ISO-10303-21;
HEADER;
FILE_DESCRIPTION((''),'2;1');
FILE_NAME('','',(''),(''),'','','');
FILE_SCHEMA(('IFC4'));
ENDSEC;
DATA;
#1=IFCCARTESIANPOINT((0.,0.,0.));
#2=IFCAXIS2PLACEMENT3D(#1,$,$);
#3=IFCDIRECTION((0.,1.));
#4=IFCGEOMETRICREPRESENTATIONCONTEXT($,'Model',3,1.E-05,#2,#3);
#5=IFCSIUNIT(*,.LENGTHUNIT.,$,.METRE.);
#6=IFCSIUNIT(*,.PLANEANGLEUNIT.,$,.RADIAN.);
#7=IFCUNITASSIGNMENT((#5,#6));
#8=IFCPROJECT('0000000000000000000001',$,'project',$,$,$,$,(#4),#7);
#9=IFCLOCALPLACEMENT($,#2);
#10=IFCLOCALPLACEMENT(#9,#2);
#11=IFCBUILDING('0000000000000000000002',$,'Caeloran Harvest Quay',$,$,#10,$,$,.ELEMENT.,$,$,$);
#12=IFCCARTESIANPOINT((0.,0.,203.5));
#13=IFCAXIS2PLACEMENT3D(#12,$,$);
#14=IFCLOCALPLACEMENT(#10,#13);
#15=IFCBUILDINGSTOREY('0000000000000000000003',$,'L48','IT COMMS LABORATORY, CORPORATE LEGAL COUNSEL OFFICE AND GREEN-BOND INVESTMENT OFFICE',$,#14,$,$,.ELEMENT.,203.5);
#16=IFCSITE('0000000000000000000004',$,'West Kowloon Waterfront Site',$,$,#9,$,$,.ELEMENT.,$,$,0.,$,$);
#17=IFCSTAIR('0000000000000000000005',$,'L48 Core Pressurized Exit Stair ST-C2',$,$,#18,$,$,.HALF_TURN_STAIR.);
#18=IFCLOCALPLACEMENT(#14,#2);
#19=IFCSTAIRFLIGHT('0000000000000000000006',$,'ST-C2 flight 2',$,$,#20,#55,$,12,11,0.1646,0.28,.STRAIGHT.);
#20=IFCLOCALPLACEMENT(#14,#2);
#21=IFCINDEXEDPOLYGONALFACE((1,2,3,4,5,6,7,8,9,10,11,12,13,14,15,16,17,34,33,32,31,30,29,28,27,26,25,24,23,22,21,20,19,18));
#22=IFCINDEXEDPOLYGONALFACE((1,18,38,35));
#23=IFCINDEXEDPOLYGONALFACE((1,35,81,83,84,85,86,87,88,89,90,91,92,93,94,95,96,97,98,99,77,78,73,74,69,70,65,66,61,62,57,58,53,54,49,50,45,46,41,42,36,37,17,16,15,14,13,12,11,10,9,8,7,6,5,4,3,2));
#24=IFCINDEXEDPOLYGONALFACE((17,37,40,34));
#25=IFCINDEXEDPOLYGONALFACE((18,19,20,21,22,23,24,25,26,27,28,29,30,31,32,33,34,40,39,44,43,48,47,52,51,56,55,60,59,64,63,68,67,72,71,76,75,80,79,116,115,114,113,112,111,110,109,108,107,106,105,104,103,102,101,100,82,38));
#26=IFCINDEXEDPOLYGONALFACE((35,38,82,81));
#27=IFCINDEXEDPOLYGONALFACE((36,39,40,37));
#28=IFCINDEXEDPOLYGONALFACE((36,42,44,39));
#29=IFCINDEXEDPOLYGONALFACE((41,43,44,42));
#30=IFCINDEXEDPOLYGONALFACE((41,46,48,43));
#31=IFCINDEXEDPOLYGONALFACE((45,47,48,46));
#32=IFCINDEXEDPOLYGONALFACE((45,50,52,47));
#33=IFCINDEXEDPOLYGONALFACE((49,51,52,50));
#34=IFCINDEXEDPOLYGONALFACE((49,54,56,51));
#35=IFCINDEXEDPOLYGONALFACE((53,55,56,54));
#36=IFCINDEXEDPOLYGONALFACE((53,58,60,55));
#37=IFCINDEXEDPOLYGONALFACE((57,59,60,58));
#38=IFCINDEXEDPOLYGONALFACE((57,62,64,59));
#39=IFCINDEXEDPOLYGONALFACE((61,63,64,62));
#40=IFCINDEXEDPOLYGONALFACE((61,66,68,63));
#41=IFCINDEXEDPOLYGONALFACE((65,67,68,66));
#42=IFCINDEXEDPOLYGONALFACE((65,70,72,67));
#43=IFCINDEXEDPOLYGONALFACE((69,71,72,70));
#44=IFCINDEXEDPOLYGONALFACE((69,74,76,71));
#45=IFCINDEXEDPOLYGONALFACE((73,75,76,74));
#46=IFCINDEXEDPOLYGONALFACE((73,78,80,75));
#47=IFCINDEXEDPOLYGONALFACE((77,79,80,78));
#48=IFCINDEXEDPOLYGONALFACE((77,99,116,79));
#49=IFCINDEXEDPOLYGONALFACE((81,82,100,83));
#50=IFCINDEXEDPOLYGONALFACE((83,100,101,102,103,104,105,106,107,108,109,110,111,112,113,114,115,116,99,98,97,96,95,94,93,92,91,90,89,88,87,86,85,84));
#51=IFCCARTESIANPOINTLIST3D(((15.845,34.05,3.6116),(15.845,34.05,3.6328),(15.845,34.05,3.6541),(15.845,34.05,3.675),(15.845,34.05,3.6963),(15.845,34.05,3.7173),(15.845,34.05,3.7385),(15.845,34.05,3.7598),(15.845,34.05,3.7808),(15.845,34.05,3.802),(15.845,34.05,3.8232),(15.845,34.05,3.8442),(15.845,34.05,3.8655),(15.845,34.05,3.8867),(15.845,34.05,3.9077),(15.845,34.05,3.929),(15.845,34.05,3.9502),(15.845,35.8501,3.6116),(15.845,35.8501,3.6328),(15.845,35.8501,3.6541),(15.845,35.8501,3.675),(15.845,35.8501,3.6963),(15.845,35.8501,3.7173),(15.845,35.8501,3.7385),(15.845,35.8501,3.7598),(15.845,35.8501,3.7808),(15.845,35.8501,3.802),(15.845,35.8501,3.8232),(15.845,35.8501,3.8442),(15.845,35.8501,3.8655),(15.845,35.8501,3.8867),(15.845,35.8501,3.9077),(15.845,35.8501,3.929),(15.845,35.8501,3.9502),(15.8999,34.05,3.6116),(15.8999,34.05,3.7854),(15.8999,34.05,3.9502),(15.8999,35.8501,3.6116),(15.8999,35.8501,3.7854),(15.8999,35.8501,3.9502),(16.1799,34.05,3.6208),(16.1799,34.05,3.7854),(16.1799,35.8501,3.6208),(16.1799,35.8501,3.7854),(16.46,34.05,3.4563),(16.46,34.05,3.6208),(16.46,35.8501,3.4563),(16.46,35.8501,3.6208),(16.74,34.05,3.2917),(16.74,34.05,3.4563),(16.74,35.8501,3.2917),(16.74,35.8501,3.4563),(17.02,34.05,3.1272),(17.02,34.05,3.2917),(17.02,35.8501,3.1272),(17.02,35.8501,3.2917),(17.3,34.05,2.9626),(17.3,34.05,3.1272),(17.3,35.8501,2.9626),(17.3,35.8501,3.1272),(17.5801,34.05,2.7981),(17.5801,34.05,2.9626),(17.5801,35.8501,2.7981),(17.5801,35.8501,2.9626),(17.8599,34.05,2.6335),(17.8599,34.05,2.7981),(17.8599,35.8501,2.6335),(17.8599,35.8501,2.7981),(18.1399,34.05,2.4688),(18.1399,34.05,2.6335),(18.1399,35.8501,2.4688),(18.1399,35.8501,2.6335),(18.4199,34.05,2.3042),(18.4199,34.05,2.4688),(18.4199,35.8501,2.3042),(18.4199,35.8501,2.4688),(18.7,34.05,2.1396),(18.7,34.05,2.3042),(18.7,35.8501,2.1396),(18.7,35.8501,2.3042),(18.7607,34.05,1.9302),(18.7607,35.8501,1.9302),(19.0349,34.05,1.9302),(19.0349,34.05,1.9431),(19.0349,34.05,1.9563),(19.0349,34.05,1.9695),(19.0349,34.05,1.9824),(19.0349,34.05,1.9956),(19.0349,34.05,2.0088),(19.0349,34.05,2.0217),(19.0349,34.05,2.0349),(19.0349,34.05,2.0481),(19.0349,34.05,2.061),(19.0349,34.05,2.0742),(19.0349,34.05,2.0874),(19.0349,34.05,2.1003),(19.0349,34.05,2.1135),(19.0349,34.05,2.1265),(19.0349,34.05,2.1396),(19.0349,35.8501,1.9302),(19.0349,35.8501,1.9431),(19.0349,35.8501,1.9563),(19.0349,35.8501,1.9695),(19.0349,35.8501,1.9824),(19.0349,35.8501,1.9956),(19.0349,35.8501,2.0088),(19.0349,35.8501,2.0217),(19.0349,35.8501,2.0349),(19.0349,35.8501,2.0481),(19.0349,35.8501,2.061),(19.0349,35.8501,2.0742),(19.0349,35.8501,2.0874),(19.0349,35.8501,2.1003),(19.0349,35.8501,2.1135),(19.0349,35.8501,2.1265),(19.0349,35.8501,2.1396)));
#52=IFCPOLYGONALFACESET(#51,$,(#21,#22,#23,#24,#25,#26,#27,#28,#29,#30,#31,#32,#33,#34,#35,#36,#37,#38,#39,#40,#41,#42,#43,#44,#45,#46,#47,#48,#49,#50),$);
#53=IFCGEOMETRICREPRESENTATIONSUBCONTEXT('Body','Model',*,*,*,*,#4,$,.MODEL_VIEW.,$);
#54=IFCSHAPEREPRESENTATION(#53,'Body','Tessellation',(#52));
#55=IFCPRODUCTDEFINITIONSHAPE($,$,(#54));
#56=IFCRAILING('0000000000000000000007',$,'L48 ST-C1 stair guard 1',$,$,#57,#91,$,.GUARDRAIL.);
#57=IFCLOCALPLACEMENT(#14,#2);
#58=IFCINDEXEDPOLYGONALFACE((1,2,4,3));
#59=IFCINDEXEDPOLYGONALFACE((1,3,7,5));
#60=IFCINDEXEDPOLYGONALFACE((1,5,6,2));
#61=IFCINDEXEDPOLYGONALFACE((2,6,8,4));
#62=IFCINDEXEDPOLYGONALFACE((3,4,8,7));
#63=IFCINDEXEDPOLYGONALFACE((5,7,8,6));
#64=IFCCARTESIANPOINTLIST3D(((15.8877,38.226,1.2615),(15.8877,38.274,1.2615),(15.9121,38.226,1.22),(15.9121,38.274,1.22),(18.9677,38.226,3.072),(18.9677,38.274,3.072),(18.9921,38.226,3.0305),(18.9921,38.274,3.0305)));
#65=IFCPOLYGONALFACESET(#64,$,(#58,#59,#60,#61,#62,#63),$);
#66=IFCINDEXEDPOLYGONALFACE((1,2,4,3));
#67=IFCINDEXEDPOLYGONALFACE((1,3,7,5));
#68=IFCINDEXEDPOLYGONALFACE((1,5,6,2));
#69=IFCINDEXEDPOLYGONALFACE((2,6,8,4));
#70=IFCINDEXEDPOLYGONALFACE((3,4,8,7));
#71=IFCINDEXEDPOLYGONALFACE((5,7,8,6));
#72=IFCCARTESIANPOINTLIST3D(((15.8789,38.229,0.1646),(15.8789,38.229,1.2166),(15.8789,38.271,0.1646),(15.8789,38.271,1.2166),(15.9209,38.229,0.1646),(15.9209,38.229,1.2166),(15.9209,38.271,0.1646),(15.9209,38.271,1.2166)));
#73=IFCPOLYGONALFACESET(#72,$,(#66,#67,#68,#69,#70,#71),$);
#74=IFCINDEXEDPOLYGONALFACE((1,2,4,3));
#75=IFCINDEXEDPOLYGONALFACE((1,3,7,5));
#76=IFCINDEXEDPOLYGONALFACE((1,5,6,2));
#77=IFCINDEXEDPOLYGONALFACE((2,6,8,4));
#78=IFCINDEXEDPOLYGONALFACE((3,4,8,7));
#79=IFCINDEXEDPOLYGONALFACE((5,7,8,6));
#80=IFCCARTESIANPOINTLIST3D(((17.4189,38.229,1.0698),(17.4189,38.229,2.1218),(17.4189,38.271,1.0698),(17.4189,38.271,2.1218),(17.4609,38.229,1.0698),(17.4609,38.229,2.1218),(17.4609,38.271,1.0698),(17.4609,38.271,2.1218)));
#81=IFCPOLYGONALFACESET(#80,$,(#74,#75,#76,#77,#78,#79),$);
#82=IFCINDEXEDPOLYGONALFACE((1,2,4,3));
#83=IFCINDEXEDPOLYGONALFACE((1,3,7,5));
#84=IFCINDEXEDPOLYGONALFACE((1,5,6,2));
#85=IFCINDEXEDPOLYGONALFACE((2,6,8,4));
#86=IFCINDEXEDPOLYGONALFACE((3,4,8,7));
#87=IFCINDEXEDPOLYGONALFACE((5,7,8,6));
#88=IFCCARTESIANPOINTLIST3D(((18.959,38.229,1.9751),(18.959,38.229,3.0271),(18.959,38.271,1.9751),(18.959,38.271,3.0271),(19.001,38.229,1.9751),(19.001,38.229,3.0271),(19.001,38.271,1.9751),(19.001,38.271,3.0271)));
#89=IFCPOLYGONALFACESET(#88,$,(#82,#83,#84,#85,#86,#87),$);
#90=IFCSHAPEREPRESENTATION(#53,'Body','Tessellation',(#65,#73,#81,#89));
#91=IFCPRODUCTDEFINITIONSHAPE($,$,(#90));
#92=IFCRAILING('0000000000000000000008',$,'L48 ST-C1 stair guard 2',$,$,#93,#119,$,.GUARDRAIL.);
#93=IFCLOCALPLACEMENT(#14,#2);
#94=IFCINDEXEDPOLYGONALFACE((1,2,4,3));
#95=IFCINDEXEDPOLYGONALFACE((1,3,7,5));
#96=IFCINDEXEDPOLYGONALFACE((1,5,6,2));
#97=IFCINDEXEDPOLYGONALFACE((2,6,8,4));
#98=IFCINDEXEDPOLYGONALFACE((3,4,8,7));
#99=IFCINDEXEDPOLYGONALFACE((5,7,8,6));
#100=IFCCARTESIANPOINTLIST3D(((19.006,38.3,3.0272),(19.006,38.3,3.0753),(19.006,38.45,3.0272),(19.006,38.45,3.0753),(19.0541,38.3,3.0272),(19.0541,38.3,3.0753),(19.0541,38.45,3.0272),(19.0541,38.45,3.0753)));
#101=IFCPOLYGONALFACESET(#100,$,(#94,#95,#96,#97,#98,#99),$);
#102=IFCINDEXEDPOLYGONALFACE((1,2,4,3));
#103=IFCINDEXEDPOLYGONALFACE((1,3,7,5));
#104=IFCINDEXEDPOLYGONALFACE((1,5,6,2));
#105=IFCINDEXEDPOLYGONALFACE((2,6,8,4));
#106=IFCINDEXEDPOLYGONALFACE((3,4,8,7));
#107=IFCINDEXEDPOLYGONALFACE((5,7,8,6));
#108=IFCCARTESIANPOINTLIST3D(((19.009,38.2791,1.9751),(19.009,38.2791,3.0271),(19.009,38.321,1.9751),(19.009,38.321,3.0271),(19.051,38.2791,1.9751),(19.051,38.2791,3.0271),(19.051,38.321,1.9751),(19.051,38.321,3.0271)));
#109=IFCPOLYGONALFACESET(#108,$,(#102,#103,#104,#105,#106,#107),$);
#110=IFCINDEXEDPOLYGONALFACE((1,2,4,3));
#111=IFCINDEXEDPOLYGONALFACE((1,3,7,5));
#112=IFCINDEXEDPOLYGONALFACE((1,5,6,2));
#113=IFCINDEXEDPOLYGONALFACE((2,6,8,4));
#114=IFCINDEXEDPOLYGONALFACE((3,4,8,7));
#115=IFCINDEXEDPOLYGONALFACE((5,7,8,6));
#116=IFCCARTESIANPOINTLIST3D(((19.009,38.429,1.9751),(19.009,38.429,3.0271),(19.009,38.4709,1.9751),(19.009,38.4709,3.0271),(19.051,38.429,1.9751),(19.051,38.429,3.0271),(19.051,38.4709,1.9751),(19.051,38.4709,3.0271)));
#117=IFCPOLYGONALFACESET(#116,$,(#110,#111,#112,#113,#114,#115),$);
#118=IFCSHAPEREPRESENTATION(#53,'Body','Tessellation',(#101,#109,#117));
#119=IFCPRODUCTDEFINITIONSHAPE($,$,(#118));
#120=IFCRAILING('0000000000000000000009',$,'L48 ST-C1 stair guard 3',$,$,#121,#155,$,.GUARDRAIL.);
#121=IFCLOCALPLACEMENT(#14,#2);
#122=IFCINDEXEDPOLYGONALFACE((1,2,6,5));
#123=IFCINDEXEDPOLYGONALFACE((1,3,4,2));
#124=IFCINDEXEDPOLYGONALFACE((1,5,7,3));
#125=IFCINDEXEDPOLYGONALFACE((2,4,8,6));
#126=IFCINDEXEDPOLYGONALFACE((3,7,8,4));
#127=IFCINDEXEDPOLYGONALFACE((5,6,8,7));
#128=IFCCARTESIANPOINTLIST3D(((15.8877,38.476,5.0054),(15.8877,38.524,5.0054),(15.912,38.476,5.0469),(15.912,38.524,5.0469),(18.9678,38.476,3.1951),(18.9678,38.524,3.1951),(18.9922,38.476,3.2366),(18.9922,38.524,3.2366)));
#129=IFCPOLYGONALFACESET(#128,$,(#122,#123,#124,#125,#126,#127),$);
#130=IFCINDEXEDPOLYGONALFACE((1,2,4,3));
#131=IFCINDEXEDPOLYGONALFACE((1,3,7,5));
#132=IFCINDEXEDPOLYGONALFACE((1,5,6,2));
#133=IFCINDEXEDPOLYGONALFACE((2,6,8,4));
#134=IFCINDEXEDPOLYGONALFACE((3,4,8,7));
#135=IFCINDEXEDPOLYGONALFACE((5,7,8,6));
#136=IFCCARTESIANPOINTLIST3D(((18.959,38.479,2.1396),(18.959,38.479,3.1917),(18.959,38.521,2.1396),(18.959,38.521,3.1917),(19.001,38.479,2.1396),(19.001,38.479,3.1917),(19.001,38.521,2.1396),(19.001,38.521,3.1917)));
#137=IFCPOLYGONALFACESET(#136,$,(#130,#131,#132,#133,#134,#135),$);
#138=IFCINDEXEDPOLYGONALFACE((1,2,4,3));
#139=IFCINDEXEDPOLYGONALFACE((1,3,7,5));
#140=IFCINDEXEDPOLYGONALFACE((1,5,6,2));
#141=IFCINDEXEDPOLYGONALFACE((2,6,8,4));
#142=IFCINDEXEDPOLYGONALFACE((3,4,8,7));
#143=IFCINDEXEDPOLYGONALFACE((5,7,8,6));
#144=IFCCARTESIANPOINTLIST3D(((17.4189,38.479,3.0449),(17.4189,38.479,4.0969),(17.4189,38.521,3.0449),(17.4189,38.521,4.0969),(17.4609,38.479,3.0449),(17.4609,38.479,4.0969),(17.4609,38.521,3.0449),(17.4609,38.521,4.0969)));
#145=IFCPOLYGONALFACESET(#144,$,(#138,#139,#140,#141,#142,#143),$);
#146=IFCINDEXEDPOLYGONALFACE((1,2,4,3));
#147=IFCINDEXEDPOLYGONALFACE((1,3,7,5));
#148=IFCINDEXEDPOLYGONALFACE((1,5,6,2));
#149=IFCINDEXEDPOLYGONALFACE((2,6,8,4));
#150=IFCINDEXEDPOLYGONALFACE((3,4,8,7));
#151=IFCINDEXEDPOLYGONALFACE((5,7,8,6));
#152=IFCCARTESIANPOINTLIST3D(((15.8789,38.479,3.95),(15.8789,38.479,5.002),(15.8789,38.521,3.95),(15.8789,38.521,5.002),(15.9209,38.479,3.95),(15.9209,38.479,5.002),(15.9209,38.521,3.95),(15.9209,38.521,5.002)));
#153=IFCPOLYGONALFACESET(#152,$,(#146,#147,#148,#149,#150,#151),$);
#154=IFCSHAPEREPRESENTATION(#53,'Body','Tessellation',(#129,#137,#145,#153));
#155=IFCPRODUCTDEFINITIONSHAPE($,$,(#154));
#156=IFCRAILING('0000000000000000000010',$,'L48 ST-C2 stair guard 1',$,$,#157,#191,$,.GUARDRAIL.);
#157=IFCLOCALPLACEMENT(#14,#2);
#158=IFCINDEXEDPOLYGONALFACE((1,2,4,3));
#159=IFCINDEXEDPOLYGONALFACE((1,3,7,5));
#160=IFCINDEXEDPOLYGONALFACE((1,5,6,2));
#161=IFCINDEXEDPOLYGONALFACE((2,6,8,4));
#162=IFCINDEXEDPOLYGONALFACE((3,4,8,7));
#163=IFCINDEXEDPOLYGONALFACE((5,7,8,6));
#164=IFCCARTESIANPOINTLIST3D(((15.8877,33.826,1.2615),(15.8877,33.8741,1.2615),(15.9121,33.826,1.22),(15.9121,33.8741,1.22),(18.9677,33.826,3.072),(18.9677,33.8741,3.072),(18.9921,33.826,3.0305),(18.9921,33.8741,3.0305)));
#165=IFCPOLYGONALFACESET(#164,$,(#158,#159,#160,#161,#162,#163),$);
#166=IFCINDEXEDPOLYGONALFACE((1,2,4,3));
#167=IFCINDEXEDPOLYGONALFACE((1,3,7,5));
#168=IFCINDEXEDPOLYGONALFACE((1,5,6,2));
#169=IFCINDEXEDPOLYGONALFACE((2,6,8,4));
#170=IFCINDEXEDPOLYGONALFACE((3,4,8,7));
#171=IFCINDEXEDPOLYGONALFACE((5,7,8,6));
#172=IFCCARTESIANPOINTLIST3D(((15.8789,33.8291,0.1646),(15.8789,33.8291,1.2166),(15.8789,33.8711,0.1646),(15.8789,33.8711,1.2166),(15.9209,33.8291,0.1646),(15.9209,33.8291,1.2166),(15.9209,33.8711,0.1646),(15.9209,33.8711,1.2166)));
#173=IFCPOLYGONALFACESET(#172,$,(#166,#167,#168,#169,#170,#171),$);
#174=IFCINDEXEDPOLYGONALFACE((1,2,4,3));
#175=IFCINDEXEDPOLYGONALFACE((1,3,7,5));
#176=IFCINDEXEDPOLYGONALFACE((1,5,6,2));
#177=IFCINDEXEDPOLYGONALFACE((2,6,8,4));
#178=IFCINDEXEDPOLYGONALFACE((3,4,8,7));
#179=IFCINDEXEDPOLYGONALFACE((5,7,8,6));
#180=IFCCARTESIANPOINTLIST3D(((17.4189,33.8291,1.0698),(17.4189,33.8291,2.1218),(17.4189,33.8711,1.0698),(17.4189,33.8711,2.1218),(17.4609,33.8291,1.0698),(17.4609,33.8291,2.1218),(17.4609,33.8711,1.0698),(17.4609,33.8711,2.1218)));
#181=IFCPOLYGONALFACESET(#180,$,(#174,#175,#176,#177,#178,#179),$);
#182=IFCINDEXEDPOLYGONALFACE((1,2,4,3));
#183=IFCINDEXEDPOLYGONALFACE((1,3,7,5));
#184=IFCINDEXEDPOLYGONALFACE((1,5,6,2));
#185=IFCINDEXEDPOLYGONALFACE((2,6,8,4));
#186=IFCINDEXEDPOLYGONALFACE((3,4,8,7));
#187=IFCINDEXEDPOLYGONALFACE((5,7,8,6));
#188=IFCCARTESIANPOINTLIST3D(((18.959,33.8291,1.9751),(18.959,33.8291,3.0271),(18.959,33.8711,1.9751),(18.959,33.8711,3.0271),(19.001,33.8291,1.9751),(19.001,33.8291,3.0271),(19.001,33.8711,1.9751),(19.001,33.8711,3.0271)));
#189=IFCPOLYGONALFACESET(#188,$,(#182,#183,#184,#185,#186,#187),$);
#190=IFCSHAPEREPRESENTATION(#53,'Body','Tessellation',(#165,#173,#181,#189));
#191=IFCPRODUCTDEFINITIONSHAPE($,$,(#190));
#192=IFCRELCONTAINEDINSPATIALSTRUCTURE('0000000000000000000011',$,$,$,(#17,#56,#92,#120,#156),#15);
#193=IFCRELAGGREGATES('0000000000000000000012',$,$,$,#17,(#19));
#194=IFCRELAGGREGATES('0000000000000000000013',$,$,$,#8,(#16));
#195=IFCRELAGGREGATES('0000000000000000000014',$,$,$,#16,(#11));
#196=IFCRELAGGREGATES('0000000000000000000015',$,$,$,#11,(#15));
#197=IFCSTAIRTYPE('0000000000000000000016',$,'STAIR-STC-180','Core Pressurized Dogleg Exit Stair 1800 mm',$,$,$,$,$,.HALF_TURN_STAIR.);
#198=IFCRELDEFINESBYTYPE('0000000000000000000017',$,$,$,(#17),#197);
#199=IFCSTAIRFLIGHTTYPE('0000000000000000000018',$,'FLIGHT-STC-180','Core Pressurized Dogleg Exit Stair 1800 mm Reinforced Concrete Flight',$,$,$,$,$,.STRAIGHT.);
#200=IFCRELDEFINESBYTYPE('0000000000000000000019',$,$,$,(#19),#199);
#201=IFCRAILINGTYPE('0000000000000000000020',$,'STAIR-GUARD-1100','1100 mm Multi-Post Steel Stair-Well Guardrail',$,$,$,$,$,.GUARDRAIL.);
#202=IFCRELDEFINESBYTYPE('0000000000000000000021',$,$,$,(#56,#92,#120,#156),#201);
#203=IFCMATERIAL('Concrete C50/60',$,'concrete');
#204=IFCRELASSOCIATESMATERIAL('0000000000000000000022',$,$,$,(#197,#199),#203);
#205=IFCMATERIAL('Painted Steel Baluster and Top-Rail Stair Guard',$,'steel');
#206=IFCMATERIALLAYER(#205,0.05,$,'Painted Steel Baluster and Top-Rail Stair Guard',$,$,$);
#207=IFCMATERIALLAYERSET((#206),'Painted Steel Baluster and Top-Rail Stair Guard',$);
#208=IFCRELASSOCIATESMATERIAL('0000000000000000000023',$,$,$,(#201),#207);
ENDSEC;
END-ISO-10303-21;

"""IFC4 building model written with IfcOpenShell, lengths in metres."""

from ifc_helpers import new_model, si_unit, direction, frame, origin, origin_2d, place, context, subcontext, project, spatial, polyline, rectangle, outline, extrude, material, layer, layer_set, type_object, element, aggregate, save


model = new_model("IFC4")

# Units and contexts
model_context = context("Model", 3, precision=1e-05, world=origin(), true_north=direction((0.0, 1.0)))
body_context = subcontext(model_context, "Body", "Model", "MODEL_VIEW")
ifc_project = project(units=[si_unit("LENGTHUNIT", "METRE"), si_unit("PLANEANGLEUNIT", "RADIAN")], contexts=[model_context])

# Site, building, storey
site_placement = place(None, origin())
site = spatial("IfcSite", under=ifc_project, at=site_placement, Name="West Kowloon Waterfront Site", CompositionType="ELEMENT", RefElevation=0.0)
building_placement = place(site_placement, origin())
building = spatial("IfcBuilding", under=site, at=building_placement, Name="Caeloran Harvest Quay", CompositionType="ELEMENT")
storey_placement = place(building_placement, frame((0.0, 0.0, 203.5)))
storey = spatial("IfcBuildingStorey", under=building, at=storey_placement, Name="L48", Description="IT COMMS LABORATORY, CORPORATE LEGAL COUNSEL OFFICE AND GREEN-BOND INVESTMENT OFFICE", CompositionType="ELEMENT", Elevation=203.5)

# Shared definitions
ifc_material_1 = material(Name="Concrete C50/60", Category="concrete")

# Stair, stair flight
stair_type = type_object("IfcStairType", Name="STAIR-STC-180", Description="Core Pressurized Dogleg Exit Stair 1800 mm", PredefinedType="HALF_TURN_STAIR", material=ifc_material_1)
stair_flight_type = type_object("IfcStairFlightType", Name="FLIGHT-STC-180", Description="Core Pressurized Dogleg Exit Stair 1800 mm Reinforced Concrete Flight", PredefinedType="STRAIGHT", material=ifc_material_1)
stair_1_placement = place(storey_placement, origin())
stair_1 = element("IfcStair", 1, at=stair_1_placement, inside=storey, type_object=stair_type, Name="L48 Core Pressurized Exit Stair ST-C2", PredefinedType="HALF_TURN_STAIR")
stair_flight_1_placement = place(storey_placement, frame((18.98, 34.95, 1.9751), z_axis=(0.0, 0.0, 1.0), x_axis=(-1.0, 0.0, 0.0)))
stair_flight_1 = element("IfcStairFlight", 2, at=stair_flight_1_placement, type_object=stair_flight_type, Name="ST-C2 flight 2", NumberOfRisers=12, NumberOfTreads=11, PredefinedType="STRAIGHT", RiserHeight=0.1646, TreadLength=0.28, context=body_context, shape_type="SweptSolid", body=[
    extrude(outline(polyline([(-0.0549, -0.0449), (-0.0549, -0.032), (-0.0549, -0.0188), (-0.0549, -0.0056), (-0.0549, 0.0073), (-0.0549, 0.0205), (-0.0549, 0.0337), (-0.0549, 0.0466), (-0.0549, 0.0598), (-0.0549, 0.073), (-0.0549, 0.0859), (-0.0549, 0.0991), (-0.0549, 0.1123), (-0.0549, 0.1252), (-0.0549, 0.1384), (-0.0549, 0.1514), (-0.0549, 0.1646), (0.28, 0.1646), (0.28, 0.3291), (0.5601, 0.3291), (0.5601, 0.4937), (0.8401, 0.4937), (0.8401, 0.6584), (1.1201, 0.6584), (1.1201, 0.823), (1.3999, 0.823), (1.3999, 0.9875), (1.6799, 0.9875), (1.6799, 1.1521), (1.96, 1.1521), (1.96, 1.3167), (2.24, 1.3167), (2.24, 1.4812), (2.52, 1.4812), (2.52, 1.6458), (2.8, 1.6458), (2.8, 1.8103), (3.0801, 1.8103), (3.0801, 1.9751), (3.135, 1.9751), (3.135, 1.9539), (3.135, 1.9326), (3.135, 1.9116), (3.135, 1.8904), (3.135, 1.8691), (3.135, 1.8481), (3.135, 1.8269), (3.135, 1.8057), (3.135, 1.7847), (3.135, 1.7634), (3.135, 1.7422), (3.135, 1.7212), (3.135, 1.7), (3.135, 1.679), (3.135, 1.6577), (3.135, 1.6365), (3.0801, 1.6365), (0.2192, -0.0449), (-0.0549, -0.0449)])), frame((0.0, 0.8999, 0.0), z_axis=(0.0, -1.0, 0.0), x_axis=(1.0, 0.0, 0.0)), (0.0, 0.0, 1.0), 1.8),
])
aggregate(stair_1, [stair_flight_1])

# Railings
ifc_material_2 = material(Name="Painted Steel Baluster and Top-Rail Stair Guard", Category="steel")
ifc_layer_1 = layer(ifc_material_2, 0.05, Name="Painted Steel Baluster and Top-Rail Stair Guard")
ifc_layer_set_1 = layer_set([ifc_layer_1], Name="Painted Steel Baluster and Top-Rail Stair Guard")
railing_type_1 = type_object("IfcRailingType", Name="STAIR-GUARD-1100", Description="1100 mm Multi-Post Steel Stair-Well Guardrail", PredefinedType="GUARDRAIL", material=ifc_layer_set_1)
railing_1_placement = place(storey_placement, frame((15.8999, 38.25, 0.1646)))
element("IfcRailing", 3, at=railing_1_placement, inside=storey, type_object=railing_type_1, Name="L48 ST-C1 stair guard 1", PredefinedType="GUARDRAIL", context=body_context, shape_type="SweptSolid", body=[
    extrude(rectangle(XDim=0.0481, YDim=0.0481, at=origin_2d()), frame((0.0, 0.0, 1.0762), z_axis=(0.862089, 0.0, 0.506757), x_axis=(0.0, 1.0, 0.0)), (0.0, 0.0, 1.0), 3.5728),
    extrude(rectangle(XDim=0.042, YDim=0.042, at=origin_2d()), origin(), (0.0, 0.0, 1.0), 1.052),
    extrude(rectangle(XDim=0.042, YDim=0.042, at=origin_2d()), frame((1.54, 0.0, 0.9053)), (0.0, 0.0, 1.0), 1.052),
    extrude(rectangle(XDim=0.042, YDim=0.042, at=origin_2d()), frame((3.0801, 0.0, 1.8105)), (0.0, 0.0, 1.0), 1.052),
])
railing_2_placement = place(storey_placement, frame((19.03, 38.3, 1.9751)))
element("IfcRailing", 4, at=railing_2_placement, inside=storey, type_object=railing_type_1, Name="L48 ST-C1 stair guard 2", PredefinedType="GUARDRAIL", context=body_context, shape_type="SweptSolid", body=[
    extrude(rectangle(XDim=0.0481, YDim=0.0481, at=origin_2d()), frame((0.0, 0.0, 1.0762), z_axis=(0.0, 1.0, 0.0), x_axis=(-1.0, 0.0, 0.0)), (0.0, 0.0, 1.0), 0.1499),
    extrude(rectangle(XDim=0.042, YDim=0.042, at=origin_2d()), origin(), (0.0, 0.0, 1.0), 1.052),
    extrude(rectangle(XDim=0.042, YDim=0.042, at=origin_2d()), frame((0.0, 0.1499, 0.0)), (0.0, 0.0, 1.0), 1.052),
])
railing_3_placement = place(storey_placement, frame((18.98, 38.5, 2.1396)))
element("IfcRailing", 5, at=railing_3_placement, inside=storey, type_object=railing_type_1, Name="L48 ST-C1 stair guard 3", PredefinedType="GUARDRAIL", context=body_context, shape_type="SweptSolid", body=[
    extrude(rectangle(XDim=0.0481, YDim=0.0481, at=origin_2d()), frame((0.0, 0.0, 1.0762), z_axis=(-0.862119, 0.0, 0.506707), x_axis=(0.0, -1.0, 0.0)), (0.0, 0.0, 1.0), 3.5728),
    extrude(rectangle(XDim=0.042, YDim=0.042, at=origin_2d()), origin(), (0.0, 0.0, 1.0), 1.052),
    extrude(rectangle(XDim=0.042, YDim=0.042, at=origin_2d()), frame((-1.54, 0.0, 0.9053)), (0.0, 0.0, 1.0), 1.052),
    extrude(rectangle(XDim=0.042, YDim=0.042, at=origin_2d()), frame((-3.0801, 0.0, 1.8103)), (0.0, 0.0, 1.0), 1.052),
])
railing_4_placement = place(storey_placement, frame((15.8999, 33.8501, 0.1646)))
element("IfcRailing", 6, at=railing_4_placement, inside=storey, type_object=railing_type_1, Name="L48 ST-C2 stair guard 1", PredefinedType="GUARDRAIL", context=body_context, shape_type="SweptSolid", body=[
    extrude(rectangle(XDim=0.0481, YDim=0.0481, at=origin_2d()), frame((0.0, 0.0, 1.0762), z_axis=(0.862089, 0.0, 0.506757), x_axis=(0.0, 1.0, 0.0)), (0.0, 0.0, 1.0), 3.5728),
    extrude(rectangle(XDim=0.042, YDim=0.042, at=origin_2d()), origin(), (0.0, 0.0, 1.0), 1.052),
    extrude(rectangle(XDim=0.042, YDim=0.042, at=origin_2d()), frame((1.54, 0.0, 0.9053)), (0.0, 0.0, 1.0), 1.052),
    extrude(rectangle(XDim=0.042, YDim=0.042, at=origin_2d()), frame((3.0801, 0.0, 1.8105)), (0.0, 0.0, 1.0), 1.052),
])

save(model, "model.ifc")
